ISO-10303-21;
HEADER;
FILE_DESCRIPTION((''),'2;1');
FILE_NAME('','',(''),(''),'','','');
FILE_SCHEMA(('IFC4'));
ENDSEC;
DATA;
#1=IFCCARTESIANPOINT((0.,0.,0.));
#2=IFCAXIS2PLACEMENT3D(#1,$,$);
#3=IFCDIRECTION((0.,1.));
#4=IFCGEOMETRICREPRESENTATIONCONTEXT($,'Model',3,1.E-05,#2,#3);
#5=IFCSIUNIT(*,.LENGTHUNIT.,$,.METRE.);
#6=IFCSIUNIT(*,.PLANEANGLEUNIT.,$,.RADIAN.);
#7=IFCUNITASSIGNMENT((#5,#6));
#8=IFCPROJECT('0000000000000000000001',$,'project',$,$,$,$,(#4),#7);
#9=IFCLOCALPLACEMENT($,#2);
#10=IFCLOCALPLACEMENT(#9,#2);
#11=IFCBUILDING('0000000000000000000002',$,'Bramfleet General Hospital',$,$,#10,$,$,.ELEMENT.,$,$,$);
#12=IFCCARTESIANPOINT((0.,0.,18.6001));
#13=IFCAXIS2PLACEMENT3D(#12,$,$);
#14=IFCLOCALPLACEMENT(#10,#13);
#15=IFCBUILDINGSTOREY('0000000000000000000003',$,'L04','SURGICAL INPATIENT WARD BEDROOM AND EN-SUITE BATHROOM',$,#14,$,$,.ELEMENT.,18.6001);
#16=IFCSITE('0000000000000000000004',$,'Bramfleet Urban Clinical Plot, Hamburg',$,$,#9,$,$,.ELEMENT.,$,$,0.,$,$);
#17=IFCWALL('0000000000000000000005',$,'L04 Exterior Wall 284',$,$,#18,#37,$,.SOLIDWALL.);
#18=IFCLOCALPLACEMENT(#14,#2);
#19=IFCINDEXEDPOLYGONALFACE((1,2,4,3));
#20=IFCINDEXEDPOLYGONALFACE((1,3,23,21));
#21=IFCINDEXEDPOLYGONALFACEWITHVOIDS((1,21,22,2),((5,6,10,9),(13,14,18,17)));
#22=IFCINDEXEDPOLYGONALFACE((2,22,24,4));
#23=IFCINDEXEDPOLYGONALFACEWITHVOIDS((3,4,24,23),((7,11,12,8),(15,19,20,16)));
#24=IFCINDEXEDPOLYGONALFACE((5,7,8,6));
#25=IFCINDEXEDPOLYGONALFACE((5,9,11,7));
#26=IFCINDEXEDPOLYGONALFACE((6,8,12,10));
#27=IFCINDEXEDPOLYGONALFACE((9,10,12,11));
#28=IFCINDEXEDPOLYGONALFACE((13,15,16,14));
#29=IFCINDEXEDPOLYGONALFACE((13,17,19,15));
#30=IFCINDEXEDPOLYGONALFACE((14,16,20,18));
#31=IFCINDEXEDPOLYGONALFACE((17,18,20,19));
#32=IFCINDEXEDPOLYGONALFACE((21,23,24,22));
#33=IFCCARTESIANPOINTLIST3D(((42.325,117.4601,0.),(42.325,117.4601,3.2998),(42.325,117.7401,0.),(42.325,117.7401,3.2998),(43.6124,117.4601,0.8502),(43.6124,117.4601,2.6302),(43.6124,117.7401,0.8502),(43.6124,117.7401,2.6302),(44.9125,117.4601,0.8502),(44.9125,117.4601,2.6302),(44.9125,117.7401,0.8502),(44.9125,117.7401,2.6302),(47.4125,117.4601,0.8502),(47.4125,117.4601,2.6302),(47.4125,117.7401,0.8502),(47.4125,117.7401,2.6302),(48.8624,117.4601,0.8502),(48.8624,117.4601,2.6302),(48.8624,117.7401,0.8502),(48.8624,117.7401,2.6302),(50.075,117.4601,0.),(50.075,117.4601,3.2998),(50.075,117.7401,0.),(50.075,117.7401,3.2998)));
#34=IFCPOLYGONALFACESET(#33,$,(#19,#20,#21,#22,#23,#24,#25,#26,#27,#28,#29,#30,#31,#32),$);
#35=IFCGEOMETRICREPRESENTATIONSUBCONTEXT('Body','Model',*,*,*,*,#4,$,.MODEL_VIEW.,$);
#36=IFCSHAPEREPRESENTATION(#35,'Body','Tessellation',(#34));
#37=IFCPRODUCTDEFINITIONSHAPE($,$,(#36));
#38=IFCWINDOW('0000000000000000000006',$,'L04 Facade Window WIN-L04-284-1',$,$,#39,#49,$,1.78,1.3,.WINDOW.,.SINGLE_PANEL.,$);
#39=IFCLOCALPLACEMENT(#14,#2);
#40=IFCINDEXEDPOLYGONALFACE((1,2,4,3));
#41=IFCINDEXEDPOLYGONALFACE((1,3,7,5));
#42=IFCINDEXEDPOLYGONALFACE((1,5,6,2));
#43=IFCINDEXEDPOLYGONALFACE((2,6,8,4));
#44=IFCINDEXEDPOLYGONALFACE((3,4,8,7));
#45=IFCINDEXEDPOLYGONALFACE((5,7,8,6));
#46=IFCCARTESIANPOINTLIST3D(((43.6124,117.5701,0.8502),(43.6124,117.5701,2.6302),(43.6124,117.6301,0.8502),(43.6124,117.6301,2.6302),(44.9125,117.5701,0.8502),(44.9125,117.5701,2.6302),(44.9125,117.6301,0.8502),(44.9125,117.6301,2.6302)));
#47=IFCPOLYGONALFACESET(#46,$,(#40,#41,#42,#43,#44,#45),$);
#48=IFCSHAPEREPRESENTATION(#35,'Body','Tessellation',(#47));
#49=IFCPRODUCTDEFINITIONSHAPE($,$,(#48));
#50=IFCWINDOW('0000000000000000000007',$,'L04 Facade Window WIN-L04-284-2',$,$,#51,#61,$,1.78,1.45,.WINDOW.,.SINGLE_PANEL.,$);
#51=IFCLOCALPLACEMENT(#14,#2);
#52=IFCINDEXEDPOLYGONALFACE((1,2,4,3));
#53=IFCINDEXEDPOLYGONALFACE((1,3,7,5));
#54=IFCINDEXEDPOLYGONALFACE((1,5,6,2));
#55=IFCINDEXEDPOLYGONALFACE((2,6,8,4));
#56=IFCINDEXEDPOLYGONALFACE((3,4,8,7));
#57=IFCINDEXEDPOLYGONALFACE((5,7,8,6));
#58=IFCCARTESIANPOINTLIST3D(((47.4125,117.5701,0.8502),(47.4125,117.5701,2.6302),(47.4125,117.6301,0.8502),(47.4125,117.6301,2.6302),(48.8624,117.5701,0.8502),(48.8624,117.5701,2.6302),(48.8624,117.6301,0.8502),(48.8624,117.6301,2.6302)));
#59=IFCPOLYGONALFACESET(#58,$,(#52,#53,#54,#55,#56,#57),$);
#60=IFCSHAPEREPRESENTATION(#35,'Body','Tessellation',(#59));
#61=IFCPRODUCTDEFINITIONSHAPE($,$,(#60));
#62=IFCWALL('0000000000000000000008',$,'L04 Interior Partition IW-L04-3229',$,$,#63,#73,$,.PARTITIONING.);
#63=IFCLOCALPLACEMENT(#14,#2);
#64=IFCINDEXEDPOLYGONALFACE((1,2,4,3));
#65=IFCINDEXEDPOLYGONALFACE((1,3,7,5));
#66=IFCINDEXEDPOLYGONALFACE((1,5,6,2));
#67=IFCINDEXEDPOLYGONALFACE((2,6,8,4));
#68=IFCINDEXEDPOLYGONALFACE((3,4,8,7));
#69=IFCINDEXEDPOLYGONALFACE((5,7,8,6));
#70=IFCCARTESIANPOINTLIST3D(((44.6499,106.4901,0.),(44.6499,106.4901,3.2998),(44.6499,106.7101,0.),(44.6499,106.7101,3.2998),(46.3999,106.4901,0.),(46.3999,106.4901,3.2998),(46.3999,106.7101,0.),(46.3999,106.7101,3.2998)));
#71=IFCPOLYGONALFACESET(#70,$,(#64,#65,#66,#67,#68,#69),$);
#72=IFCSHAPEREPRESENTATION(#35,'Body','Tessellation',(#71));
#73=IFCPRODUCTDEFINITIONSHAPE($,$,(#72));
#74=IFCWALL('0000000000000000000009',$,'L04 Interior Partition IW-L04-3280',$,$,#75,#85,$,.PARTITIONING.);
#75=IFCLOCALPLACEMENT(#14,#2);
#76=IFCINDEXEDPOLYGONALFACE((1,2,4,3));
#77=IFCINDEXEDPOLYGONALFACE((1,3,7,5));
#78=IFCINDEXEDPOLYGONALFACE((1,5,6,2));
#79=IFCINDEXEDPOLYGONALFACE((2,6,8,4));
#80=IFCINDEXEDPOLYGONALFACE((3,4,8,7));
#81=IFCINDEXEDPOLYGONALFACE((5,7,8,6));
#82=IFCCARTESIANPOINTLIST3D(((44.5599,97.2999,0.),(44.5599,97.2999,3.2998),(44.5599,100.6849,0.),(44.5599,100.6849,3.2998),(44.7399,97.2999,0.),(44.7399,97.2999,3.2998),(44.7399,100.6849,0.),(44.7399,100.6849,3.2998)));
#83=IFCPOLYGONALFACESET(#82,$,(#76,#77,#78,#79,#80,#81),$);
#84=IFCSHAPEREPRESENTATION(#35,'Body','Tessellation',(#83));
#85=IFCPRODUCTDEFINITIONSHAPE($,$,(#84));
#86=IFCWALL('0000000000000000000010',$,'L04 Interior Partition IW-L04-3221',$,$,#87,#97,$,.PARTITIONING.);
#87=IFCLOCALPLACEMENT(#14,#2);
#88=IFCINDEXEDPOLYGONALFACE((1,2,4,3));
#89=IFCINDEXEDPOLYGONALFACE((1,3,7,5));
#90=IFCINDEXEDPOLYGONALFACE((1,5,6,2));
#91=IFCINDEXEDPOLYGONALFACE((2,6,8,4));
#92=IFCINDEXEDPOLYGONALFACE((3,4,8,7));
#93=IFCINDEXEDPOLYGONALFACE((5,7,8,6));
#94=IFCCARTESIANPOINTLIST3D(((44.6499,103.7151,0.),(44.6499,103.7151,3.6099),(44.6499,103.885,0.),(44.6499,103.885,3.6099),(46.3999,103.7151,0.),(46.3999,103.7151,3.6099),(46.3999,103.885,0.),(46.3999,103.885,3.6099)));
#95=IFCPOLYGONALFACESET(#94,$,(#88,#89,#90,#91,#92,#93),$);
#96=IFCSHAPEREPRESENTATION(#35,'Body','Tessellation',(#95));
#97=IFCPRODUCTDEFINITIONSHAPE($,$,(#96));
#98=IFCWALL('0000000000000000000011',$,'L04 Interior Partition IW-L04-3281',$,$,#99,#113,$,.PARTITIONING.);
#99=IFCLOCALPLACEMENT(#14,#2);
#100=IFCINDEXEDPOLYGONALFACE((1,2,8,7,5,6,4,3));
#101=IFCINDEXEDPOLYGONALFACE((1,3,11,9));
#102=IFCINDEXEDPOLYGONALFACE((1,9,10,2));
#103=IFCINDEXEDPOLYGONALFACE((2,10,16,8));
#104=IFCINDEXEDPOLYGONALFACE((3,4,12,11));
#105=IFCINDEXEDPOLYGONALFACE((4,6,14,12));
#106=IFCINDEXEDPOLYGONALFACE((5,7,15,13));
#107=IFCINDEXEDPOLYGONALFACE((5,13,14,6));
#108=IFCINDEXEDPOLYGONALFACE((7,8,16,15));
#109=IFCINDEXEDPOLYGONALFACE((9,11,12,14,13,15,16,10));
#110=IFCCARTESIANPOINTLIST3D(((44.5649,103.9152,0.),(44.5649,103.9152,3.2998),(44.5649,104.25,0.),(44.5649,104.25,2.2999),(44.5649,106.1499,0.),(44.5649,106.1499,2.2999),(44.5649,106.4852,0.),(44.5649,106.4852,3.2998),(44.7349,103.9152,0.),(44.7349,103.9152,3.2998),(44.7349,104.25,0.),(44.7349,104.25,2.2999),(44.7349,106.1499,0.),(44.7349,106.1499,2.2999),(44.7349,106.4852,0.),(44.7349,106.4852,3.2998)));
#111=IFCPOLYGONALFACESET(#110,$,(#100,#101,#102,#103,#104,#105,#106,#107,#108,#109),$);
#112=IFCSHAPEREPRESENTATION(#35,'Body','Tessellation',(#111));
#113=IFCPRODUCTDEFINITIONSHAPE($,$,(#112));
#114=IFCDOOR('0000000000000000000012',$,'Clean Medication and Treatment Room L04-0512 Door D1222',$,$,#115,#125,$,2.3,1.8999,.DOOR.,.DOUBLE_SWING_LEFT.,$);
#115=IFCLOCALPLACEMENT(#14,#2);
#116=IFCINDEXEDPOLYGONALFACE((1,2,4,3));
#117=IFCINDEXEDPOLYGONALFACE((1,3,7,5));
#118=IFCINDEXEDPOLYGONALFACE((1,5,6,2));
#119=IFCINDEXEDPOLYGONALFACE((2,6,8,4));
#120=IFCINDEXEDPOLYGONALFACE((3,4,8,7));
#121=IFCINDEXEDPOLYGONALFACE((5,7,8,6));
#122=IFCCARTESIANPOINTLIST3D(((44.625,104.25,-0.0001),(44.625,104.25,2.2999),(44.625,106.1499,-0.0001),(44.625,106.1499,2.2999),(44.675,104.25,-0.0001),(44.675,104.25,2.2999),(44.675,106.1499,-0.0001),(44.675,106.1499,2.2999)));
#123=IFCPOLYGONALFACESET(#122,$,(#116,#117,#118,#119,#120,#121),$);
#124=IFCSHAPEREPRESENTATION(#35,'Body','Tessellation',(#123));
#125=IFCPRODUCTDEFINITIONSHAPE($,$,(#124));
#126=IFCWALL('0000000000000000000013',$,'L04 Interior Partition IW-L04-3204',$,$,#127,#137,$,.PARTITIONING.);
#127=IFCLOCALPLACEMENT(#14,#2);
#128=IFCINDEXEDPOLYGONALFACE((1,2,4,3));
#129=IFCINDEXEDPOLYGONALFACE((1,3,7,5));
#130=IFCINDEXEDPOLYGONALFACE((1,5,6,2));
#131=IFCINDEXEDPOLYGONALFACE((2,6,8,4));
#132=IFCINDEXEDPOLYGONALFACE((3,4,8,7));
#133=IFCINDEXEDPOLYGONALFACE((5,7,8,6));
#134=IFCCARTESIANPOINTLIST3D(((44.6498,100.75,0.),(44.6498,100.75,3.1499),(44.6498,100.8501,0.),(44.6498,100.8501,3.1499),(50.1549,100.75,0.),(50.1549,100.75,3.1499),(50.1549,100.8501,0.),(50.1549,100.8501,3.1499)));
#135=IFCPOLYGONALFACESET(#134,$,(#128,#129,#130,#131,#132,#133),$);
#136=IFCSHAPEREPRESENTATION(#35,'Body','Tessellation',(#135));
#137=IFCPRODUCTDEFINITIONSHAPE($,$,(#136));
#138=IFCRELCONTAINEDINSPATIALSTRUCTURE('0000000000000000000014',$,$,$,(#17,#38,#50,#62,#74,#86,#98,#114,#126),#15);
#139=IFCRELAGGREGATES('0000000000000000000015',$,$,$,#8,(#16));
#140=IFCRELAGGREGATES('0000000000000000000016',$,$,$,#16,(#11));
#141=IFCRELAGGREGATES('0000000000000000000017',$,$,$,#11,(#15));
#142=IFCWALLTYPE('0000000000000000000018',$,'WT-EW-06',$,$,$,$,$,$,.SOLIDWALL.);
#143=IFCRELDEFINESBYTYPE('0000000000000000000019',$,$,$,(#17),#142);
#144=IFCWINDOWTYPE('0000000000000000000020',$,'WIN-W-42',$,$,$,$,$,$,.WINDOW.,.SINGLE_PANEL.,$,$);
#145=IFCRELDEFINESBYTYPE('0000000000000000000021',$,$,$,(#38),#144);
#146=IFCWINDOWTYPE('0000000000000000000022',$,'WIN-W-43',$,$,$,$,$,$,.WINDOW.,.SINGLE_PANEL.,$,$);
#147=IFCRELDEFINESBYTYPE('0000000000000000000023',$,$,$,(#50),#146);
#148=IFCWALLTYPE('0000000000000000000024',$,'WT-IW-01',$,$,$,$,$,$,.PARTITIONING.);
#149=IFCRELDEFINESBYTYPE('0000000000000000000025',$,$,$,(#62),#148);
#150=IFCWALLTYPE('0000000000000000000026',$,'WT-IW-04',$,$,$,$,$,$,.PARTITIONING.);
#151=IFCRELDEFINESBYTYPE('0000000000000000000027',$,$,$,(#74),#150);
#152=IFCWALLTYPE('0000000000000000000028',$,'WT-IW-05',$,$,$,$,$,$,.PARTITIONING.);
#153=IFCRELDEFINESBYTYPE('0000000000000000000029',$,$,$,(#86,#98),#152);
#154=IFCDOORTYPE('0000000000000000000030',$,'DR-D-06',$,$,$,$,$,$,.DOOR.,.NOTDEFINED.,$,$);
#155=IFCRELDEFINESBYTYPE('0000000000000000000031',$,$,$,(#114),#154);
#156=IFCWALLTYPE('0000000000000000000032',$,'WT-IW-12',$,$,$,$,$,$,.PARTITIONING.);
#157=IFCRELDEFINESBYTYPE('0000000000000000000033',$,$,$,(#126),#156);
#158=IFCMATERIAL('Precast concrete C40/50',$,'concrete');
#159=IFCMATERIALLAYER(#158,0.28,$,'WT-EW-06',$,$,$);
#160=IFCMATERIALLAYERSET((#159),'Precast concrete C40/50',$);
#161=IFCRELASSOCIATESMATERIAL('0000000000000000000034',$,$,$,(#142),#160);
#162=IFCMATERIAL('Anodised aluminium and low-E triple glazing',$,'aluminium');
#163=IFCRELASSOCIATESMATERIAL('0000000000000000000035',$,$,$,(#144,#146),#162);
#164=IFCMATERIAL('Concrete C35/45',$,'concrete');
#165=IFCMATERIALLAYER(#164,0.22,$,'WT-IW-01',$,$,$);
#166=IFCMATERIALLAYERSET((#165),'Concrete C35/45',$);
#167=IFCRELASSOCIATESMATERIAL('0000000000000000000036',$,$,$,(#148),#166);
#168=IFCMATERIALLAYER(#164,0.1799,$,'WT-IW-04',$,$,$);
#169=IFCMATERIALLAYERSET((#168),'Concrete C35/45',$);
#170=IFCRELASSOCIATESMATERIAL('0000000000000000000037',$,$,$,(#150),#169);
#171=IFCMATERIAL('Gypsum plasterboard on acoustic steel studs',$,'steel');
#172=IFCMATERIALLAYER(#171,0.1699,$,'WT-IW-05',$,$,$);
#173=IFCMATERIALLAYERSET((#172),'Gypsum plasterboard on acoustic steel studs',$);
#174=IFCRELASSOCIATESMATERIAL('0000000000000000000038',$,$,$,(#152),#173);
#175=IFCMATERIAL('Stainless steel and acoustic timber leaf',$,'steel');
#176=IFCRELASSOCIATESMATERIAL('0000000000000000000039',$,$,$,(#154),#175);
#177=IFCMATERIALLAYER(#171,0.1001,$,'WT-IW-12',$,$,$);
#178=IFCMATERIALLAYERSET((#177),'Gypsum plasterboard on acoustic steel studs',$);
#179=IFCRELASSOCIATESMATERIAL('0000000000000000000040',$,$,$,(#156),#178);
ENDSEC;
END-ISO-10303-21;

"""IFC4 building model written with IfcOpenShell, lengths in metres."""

from ifc_helpers import new_model, si_unit, direction, frame, frame_2d, origin, place, context, subcontext, project, spatial, rectangle, extrude, material, layer, layer_set, type_object, element, fill, save


model = new_model("IFC4")

# Units and contexts
model_context = context("Model", 3, precision=1e-05, world=origin(), true_north=direction((0.0, 1.0)))
body_context = subcontext(model_context, "Body", "Model", "MODEL_VIEW")
ifc_project = project(units=[si_unit("LENGTHUNIT", "METRE"), si_unit("PLANEANGLEUNIT", "RADIAN")], contexts=[model_context])

# Site, building, storey
site_placement = place(None, origin())
site = spatial("IfcSite", under=ifc_project, at=site_placement, Name="Bramfleet Urban Clinical Plot, Hamburg", CompositionType="ELEMENT", RefElevation=0.0)
building_placement = place(site_placement, origin())
building = spatial("IfcBuilding", under=site, at=building_placement, Name="Bramfleet General Hospital", CompositionType="ELEMENT")
storey_placement = place(building_placement, frame((0.0, 0.0, 18.6001)))
storey = spatial("IfcBuildingStorey", under=building, at=storey_placement, Name="L04", Description="SURGICAL INPATIENT WARD BEDROOM AND EN-SUITE BATHROOM", CompositionType="ELEMENT", Elevation=18.6001)

# Wall, openings, windows
ifc_material_1 = material(Name="Precast concrete C40/50", Category="concrete")
ifc_layer_1 = layer(ifc_material_1, 0.28, Name="WT-EW-06")
ifc_layer_set_1 = layer_set([ifc_layer_1], Name="Precast concrete C40/50")
wall_type_1 = type_object("IfcWallType", Name="WT-EW-06", PredefinedType="SOLIDWALL", material=ifc_layer_set_1)
wall_1_placement = place(storey_placement, frame((42.325, 117.6001, 0.0), z_axis=(0.0, 0.0, 1.0), x_axis=(1.0, 0.0, 0.0)))
wall_1 = element("IfcWall", 1, at=wall_1_placement, inside=storey, type_object=wall_type_1, Name="L04 Exterior Wall 284", PredefinedType="SOLIDWALL", context=body_context, shape_type="SweptSolid", body=[
    extrude(rectangle(XDim=7.75, YDim=0.28, at=frame_2d((3.875, 0.0))), origin(), (0.0, 0.0, 1.0), 3.2998),
])
opening_1_placement = place(wall_1_placement, frame((1.2876, 0.0, 0.8501)))
opening_1 = element("IfcOpeningElement", 2, at=opening_1_placement, cuts=wall_1, PredefinedType="OPENING", context=body_context, shape_type="SweptSolid", body=[
    extrude(rectangle(XDim=1.3, YDim=1.78, at=frame_2d((0.6499, 0.8901))), frame((0.0, 0.1499, 0.0), z_axis=(0.0, -1.0, 0.0), x_axis=(1.0, 0.0, 0.0)), (0.0, 0.0, 1.0), 0.3),
])
opening_2_placement = place(wall_1_placement, frame((5.0874, 0.0, 0.8501)))
opening_2 = element("IfcOpeningElement", 3, at=opening_2_placement, cuts=wall_1, PredefinedType="OPENING", context=body_context, shape_type="SweptSolid", body=[
    extrude(rectangle(XDim=1.45, YDim=1.78, at=frame_2d((0.7251, 0.8901))), frame((0.0, 0.1499, 0.0), z_axis=(0.0, -1.0, 0.0), x_axis=(1.0, 0.0, 0.0)), (0.0, 0.0, 1.0), 0.3),
])
ifc_material_2 = material(Name="Anodised aluminium and low-E triple glazing", Category="aluminium")
window_type_1 = type_object("IfcWindowType", Name="WIN-W-42", PartitioningType="SINGLE_PANEL", PredefinedType="WINDOW", material=ifc_material_2)
window_1_placement = place(opening_1_placement, origin())
window_1 = element("IfcWindow", 4, at=window_1_placement, inside=storey, type_object=window_type_1, Name="L04 Facade Window WIN-L04-284-1", OverallHeight=1.78, OverallWidth=1.3, PartitioningType="SINGLE_PANEL", PredefinedType="WINDOW", context=body_context, shape_type="SweptSolid", body=[
    extrude(rectangle(XDim=1.3, YDim=1.78, at=frame_2d((0.6499, 0.8901))), frame((0.0, 0.03, 0.0), z_axis=(0.0, -1.0, 0.0), x_axis=(1.0, 0.0, 0.0)), (0.0, 0.0, 1.0), 0.0601),
])
fill(opening_1, window_1)
window_type_2 = type_object("IfcWindowType", Name="WIN-W-43", PartitioningType="SINGLE_PANEL", PredefinedType="WINDOW", material=ifc_material_2)
window_2_placement = place(opening_2_placement, origin())
window_2 = element("IfcWindow", 5, at=window_2_placement, inside=storey, type_object=window_type_2, Name="L04 Facade Window WIN-L04-284-2", OverallHeight=1.78, OverallWidth=1.45, PartitioningType="SINGLE_PANEL", PredefinedType="WINDOW", context=body_context, shape_type="SweptSolid", body=[
    extrude(rectangle(XDim=1.45, YDim=1.78, at=frame_2d((0.7251, 0.8901))), frame((0.0, 0.03, 0.0), z_axis=(0.0, -1.0, 0.0), x_axis=(1.0, 0.0, 0.0)), (0.0, 0.0, 1.0), 0.0601),
])
fill(opening_2, window_2)

# Walls
ifc_material_3 = material(Name="Concrete C35/45", Category="concrete")
ifc_layer_2 = layer(ifc_material_3, 0.22, Name="WT-IW-01")
ifc_layer_set_2 = layer_set([ifc_layer_2], Name="Concrete C35/45")
wall_type_2 = type_object("IfcWallType", Name="WT-IW-01", PredefinedType="PARTITIONING", material=ifc_layer_set_2)
wall_2_placement = place(storey_placement, frame((44.6499, 106.6001, 0.0), z_axis=(0.0, 0.0, 1.0), x_axis=(1.0, 0.0, 0.0)))
element("IfcWall", 6, at=wall_2_placement, inside=storey, type_object=wall_type_2, Name="L04 Interior Partition IW-L04-3229", PredefinedType="PARTITIONING", context=body_context, shape_type="SweptSolid", body=[
    extrude(rectangle(XDim=1.75, YDim=0.22, at=frame_2d((0.875, 0.0))), origin(), (0.0, 0.0, 1.0), 3.2998),
])
ifc_layer_3 = layer(ifc_material_3, 0.1799, Name="WT-IW-04")
ifc_layer_set_3 = layer_set([ifc_layer_3], Name="Concrete C35/45")
wall_type_3 = type_object("IfcWallType", Name="WT-IW-04", PredefinedType="PARTITIONING", material=ifc_layer_set_3)
wall_3_placement = place(storey_placement, frame((44.6499, 97.3, 0.0), z_axis=(0.0, 0.0, 1.0), x_axis=(0.0, 1.0, 0.0)))
element("IfcWall", 7, at=wall_3_placement, inside=storey, type_object=wall_type_3, Name="L04 Interior Partition IW-L04-3280", PredefinedType="PARTITIONING", context=body_context, shape_type="SweptSolid", body=[
    extrude(rectangle(XDim=3.385, YDim=0.1799, at=frame_2d((1.6924, 0.0))), origin(), (0.0, 0.0, 1.0), 3.2998),
])
ifc_material_4 = material(Name="Gypsum plasterboard on acoustic steel studs", Category="steel")
ifc_layer_4 = layer(ifc_material_4, 0.1699, Name="WT-IW-05")
ifc_layer_set_4 = layer_set([ifc_layer_4], Name="Gypsum plasterboard on acoustic steel studs")
wall_type_4 = type_object("IfcWallType", Name="WT-IW-05", PredefinedType="PARTITIONING", material=ifc_layer_set_4)
wall_4_placement = place(storey_placement, frame((44.6499, 103.8, 0.0), z_axis=(0.0, 0.0, 1.0), x_axis=(1.0, 0.0, 0.0)))
element("IfcWall", 8, at=wall_4_placement, inside=storey, type_object=wall_type_4, Name="L04 Interior Partition IW-L04-3221", PredefinedType="PARTITIONING", context=body_context, shape_type="SweptSolid", body=[
    extrude(rectangle(XDim=1.75, YDim=0.1699, at=frame_2d((0.875, 0.0))), origin(), (0.0, 0.0, 1.0), 3.6099),
])

# Wall, opening, door
wall_5_placement = place(storey_placement, frame((44.6499, 103.915, 0.0), z_axis=(0.0, 0.0, 1.0), x_axis=(0.0, 1.0, 0.0)))
wall_5 = element("IfcWall", 9, at=wall_5_placement, inside=storey, type_object=wall_type_4, Name="L04 Interior Partition IW-L04-3281", PredefinedType="PARTITIONING", context=body_context, shape_type="SweptSolid", body=[
    extrude(rectangle(XDim=2.5701, YDim=0.1699, at=frame_2d((1.2852, 0.0))), origin(), (0.0, 0.0, 1.0), 3.2998),
])
opening_3_placement = place(wall_5_placement, frame((0.335, 0.0, 0.0)))
opening_3 = element("IfcOpeningElement", 10, at=opening_3_placement, cuts=wall_5, PredefinedType="OPENING", context=body_context, shape_type="SweptSolid", body=[
    extrude(rectangle(XDim=1.8999, YDim=2.3, at=frame_2d((0.95, 1.1499))), frame((0.0, 0.095, 0.0), z_axis=(0.0, -1.0, 0.0), x_axis=(1.0, 0.0, 0.0)), (0.0, 0.0, 1.0), 0.1899),
])
ifc_material_5 = material(Name="Stainless steel and acoustic timber leaf", Category="steel")
door_type = type_object("IfcDoorType", Name="DR-D-06", OperationType="NOTDEFINED", PredefinedType="DOOR", material=ifc_material_5)
door_placement = place(opening_3_placement, origin())
door = element("IfcDoor", 11, at=door_placement, inside=storey, type_object=door_type, Name="Clean Medication and Treatment Room L04-0512 Door D1222", OperationType="DOUBLE_SWING_LEFT", OverallHeight=2.3, OverallWidth=1.8999, PredefinedType="DOOR", context=body_context, shape_type="SweptSolid", body=[
    extrude(rectangle(XDim=1.8999, YDim=2.3, at=frame_2d((0.95, 1.1499))), frame((0.0, 0.0249, 0.0), z_axis=(0.0, -1.0, 0.0), x_axis=(1.0, 0.0, 0.0)), (0.0, 0.0, 1.0), 0.05),
])
fill(opening_3, door)

# Wall
ifc_layer_5 = layer(ifc_material_4, 0.1001, Name="WT-IW-12")
ifc_layer_set_5 = layer_set([ifc_layer_5], Name="Gypsum plasterboard on acoustic steel studs")
wall_type_5 = type_object("IfcWallType", Name="WT-IW-12", PredefinedType="PARTITIONING", material=ifc_layer_set_5)
wall_6_placement = place(storey_placement, frame((44.6499, 100.8, 0.0), z_axis=(0.0, 0.0, 1.0), x_axis=(1.0, 0.0, 0.0)))
element("IfcWall", 12, at=wall_6_placement, inside=storey, type_object=wall_type_5, Name="L04 Interior Partition IW-L04-3204", PredefinedType="PARTITIONING", context=body_context, shape_type="SweptSolid", body=[
    extrude(rectangle(XDim=5.5051, YDim=0.1001, at=frame_2d((2.7524, 0.0))), origin(), (0.0, 0.0, 1.0), 3.1499),
])

save(model, "model.ifc")
